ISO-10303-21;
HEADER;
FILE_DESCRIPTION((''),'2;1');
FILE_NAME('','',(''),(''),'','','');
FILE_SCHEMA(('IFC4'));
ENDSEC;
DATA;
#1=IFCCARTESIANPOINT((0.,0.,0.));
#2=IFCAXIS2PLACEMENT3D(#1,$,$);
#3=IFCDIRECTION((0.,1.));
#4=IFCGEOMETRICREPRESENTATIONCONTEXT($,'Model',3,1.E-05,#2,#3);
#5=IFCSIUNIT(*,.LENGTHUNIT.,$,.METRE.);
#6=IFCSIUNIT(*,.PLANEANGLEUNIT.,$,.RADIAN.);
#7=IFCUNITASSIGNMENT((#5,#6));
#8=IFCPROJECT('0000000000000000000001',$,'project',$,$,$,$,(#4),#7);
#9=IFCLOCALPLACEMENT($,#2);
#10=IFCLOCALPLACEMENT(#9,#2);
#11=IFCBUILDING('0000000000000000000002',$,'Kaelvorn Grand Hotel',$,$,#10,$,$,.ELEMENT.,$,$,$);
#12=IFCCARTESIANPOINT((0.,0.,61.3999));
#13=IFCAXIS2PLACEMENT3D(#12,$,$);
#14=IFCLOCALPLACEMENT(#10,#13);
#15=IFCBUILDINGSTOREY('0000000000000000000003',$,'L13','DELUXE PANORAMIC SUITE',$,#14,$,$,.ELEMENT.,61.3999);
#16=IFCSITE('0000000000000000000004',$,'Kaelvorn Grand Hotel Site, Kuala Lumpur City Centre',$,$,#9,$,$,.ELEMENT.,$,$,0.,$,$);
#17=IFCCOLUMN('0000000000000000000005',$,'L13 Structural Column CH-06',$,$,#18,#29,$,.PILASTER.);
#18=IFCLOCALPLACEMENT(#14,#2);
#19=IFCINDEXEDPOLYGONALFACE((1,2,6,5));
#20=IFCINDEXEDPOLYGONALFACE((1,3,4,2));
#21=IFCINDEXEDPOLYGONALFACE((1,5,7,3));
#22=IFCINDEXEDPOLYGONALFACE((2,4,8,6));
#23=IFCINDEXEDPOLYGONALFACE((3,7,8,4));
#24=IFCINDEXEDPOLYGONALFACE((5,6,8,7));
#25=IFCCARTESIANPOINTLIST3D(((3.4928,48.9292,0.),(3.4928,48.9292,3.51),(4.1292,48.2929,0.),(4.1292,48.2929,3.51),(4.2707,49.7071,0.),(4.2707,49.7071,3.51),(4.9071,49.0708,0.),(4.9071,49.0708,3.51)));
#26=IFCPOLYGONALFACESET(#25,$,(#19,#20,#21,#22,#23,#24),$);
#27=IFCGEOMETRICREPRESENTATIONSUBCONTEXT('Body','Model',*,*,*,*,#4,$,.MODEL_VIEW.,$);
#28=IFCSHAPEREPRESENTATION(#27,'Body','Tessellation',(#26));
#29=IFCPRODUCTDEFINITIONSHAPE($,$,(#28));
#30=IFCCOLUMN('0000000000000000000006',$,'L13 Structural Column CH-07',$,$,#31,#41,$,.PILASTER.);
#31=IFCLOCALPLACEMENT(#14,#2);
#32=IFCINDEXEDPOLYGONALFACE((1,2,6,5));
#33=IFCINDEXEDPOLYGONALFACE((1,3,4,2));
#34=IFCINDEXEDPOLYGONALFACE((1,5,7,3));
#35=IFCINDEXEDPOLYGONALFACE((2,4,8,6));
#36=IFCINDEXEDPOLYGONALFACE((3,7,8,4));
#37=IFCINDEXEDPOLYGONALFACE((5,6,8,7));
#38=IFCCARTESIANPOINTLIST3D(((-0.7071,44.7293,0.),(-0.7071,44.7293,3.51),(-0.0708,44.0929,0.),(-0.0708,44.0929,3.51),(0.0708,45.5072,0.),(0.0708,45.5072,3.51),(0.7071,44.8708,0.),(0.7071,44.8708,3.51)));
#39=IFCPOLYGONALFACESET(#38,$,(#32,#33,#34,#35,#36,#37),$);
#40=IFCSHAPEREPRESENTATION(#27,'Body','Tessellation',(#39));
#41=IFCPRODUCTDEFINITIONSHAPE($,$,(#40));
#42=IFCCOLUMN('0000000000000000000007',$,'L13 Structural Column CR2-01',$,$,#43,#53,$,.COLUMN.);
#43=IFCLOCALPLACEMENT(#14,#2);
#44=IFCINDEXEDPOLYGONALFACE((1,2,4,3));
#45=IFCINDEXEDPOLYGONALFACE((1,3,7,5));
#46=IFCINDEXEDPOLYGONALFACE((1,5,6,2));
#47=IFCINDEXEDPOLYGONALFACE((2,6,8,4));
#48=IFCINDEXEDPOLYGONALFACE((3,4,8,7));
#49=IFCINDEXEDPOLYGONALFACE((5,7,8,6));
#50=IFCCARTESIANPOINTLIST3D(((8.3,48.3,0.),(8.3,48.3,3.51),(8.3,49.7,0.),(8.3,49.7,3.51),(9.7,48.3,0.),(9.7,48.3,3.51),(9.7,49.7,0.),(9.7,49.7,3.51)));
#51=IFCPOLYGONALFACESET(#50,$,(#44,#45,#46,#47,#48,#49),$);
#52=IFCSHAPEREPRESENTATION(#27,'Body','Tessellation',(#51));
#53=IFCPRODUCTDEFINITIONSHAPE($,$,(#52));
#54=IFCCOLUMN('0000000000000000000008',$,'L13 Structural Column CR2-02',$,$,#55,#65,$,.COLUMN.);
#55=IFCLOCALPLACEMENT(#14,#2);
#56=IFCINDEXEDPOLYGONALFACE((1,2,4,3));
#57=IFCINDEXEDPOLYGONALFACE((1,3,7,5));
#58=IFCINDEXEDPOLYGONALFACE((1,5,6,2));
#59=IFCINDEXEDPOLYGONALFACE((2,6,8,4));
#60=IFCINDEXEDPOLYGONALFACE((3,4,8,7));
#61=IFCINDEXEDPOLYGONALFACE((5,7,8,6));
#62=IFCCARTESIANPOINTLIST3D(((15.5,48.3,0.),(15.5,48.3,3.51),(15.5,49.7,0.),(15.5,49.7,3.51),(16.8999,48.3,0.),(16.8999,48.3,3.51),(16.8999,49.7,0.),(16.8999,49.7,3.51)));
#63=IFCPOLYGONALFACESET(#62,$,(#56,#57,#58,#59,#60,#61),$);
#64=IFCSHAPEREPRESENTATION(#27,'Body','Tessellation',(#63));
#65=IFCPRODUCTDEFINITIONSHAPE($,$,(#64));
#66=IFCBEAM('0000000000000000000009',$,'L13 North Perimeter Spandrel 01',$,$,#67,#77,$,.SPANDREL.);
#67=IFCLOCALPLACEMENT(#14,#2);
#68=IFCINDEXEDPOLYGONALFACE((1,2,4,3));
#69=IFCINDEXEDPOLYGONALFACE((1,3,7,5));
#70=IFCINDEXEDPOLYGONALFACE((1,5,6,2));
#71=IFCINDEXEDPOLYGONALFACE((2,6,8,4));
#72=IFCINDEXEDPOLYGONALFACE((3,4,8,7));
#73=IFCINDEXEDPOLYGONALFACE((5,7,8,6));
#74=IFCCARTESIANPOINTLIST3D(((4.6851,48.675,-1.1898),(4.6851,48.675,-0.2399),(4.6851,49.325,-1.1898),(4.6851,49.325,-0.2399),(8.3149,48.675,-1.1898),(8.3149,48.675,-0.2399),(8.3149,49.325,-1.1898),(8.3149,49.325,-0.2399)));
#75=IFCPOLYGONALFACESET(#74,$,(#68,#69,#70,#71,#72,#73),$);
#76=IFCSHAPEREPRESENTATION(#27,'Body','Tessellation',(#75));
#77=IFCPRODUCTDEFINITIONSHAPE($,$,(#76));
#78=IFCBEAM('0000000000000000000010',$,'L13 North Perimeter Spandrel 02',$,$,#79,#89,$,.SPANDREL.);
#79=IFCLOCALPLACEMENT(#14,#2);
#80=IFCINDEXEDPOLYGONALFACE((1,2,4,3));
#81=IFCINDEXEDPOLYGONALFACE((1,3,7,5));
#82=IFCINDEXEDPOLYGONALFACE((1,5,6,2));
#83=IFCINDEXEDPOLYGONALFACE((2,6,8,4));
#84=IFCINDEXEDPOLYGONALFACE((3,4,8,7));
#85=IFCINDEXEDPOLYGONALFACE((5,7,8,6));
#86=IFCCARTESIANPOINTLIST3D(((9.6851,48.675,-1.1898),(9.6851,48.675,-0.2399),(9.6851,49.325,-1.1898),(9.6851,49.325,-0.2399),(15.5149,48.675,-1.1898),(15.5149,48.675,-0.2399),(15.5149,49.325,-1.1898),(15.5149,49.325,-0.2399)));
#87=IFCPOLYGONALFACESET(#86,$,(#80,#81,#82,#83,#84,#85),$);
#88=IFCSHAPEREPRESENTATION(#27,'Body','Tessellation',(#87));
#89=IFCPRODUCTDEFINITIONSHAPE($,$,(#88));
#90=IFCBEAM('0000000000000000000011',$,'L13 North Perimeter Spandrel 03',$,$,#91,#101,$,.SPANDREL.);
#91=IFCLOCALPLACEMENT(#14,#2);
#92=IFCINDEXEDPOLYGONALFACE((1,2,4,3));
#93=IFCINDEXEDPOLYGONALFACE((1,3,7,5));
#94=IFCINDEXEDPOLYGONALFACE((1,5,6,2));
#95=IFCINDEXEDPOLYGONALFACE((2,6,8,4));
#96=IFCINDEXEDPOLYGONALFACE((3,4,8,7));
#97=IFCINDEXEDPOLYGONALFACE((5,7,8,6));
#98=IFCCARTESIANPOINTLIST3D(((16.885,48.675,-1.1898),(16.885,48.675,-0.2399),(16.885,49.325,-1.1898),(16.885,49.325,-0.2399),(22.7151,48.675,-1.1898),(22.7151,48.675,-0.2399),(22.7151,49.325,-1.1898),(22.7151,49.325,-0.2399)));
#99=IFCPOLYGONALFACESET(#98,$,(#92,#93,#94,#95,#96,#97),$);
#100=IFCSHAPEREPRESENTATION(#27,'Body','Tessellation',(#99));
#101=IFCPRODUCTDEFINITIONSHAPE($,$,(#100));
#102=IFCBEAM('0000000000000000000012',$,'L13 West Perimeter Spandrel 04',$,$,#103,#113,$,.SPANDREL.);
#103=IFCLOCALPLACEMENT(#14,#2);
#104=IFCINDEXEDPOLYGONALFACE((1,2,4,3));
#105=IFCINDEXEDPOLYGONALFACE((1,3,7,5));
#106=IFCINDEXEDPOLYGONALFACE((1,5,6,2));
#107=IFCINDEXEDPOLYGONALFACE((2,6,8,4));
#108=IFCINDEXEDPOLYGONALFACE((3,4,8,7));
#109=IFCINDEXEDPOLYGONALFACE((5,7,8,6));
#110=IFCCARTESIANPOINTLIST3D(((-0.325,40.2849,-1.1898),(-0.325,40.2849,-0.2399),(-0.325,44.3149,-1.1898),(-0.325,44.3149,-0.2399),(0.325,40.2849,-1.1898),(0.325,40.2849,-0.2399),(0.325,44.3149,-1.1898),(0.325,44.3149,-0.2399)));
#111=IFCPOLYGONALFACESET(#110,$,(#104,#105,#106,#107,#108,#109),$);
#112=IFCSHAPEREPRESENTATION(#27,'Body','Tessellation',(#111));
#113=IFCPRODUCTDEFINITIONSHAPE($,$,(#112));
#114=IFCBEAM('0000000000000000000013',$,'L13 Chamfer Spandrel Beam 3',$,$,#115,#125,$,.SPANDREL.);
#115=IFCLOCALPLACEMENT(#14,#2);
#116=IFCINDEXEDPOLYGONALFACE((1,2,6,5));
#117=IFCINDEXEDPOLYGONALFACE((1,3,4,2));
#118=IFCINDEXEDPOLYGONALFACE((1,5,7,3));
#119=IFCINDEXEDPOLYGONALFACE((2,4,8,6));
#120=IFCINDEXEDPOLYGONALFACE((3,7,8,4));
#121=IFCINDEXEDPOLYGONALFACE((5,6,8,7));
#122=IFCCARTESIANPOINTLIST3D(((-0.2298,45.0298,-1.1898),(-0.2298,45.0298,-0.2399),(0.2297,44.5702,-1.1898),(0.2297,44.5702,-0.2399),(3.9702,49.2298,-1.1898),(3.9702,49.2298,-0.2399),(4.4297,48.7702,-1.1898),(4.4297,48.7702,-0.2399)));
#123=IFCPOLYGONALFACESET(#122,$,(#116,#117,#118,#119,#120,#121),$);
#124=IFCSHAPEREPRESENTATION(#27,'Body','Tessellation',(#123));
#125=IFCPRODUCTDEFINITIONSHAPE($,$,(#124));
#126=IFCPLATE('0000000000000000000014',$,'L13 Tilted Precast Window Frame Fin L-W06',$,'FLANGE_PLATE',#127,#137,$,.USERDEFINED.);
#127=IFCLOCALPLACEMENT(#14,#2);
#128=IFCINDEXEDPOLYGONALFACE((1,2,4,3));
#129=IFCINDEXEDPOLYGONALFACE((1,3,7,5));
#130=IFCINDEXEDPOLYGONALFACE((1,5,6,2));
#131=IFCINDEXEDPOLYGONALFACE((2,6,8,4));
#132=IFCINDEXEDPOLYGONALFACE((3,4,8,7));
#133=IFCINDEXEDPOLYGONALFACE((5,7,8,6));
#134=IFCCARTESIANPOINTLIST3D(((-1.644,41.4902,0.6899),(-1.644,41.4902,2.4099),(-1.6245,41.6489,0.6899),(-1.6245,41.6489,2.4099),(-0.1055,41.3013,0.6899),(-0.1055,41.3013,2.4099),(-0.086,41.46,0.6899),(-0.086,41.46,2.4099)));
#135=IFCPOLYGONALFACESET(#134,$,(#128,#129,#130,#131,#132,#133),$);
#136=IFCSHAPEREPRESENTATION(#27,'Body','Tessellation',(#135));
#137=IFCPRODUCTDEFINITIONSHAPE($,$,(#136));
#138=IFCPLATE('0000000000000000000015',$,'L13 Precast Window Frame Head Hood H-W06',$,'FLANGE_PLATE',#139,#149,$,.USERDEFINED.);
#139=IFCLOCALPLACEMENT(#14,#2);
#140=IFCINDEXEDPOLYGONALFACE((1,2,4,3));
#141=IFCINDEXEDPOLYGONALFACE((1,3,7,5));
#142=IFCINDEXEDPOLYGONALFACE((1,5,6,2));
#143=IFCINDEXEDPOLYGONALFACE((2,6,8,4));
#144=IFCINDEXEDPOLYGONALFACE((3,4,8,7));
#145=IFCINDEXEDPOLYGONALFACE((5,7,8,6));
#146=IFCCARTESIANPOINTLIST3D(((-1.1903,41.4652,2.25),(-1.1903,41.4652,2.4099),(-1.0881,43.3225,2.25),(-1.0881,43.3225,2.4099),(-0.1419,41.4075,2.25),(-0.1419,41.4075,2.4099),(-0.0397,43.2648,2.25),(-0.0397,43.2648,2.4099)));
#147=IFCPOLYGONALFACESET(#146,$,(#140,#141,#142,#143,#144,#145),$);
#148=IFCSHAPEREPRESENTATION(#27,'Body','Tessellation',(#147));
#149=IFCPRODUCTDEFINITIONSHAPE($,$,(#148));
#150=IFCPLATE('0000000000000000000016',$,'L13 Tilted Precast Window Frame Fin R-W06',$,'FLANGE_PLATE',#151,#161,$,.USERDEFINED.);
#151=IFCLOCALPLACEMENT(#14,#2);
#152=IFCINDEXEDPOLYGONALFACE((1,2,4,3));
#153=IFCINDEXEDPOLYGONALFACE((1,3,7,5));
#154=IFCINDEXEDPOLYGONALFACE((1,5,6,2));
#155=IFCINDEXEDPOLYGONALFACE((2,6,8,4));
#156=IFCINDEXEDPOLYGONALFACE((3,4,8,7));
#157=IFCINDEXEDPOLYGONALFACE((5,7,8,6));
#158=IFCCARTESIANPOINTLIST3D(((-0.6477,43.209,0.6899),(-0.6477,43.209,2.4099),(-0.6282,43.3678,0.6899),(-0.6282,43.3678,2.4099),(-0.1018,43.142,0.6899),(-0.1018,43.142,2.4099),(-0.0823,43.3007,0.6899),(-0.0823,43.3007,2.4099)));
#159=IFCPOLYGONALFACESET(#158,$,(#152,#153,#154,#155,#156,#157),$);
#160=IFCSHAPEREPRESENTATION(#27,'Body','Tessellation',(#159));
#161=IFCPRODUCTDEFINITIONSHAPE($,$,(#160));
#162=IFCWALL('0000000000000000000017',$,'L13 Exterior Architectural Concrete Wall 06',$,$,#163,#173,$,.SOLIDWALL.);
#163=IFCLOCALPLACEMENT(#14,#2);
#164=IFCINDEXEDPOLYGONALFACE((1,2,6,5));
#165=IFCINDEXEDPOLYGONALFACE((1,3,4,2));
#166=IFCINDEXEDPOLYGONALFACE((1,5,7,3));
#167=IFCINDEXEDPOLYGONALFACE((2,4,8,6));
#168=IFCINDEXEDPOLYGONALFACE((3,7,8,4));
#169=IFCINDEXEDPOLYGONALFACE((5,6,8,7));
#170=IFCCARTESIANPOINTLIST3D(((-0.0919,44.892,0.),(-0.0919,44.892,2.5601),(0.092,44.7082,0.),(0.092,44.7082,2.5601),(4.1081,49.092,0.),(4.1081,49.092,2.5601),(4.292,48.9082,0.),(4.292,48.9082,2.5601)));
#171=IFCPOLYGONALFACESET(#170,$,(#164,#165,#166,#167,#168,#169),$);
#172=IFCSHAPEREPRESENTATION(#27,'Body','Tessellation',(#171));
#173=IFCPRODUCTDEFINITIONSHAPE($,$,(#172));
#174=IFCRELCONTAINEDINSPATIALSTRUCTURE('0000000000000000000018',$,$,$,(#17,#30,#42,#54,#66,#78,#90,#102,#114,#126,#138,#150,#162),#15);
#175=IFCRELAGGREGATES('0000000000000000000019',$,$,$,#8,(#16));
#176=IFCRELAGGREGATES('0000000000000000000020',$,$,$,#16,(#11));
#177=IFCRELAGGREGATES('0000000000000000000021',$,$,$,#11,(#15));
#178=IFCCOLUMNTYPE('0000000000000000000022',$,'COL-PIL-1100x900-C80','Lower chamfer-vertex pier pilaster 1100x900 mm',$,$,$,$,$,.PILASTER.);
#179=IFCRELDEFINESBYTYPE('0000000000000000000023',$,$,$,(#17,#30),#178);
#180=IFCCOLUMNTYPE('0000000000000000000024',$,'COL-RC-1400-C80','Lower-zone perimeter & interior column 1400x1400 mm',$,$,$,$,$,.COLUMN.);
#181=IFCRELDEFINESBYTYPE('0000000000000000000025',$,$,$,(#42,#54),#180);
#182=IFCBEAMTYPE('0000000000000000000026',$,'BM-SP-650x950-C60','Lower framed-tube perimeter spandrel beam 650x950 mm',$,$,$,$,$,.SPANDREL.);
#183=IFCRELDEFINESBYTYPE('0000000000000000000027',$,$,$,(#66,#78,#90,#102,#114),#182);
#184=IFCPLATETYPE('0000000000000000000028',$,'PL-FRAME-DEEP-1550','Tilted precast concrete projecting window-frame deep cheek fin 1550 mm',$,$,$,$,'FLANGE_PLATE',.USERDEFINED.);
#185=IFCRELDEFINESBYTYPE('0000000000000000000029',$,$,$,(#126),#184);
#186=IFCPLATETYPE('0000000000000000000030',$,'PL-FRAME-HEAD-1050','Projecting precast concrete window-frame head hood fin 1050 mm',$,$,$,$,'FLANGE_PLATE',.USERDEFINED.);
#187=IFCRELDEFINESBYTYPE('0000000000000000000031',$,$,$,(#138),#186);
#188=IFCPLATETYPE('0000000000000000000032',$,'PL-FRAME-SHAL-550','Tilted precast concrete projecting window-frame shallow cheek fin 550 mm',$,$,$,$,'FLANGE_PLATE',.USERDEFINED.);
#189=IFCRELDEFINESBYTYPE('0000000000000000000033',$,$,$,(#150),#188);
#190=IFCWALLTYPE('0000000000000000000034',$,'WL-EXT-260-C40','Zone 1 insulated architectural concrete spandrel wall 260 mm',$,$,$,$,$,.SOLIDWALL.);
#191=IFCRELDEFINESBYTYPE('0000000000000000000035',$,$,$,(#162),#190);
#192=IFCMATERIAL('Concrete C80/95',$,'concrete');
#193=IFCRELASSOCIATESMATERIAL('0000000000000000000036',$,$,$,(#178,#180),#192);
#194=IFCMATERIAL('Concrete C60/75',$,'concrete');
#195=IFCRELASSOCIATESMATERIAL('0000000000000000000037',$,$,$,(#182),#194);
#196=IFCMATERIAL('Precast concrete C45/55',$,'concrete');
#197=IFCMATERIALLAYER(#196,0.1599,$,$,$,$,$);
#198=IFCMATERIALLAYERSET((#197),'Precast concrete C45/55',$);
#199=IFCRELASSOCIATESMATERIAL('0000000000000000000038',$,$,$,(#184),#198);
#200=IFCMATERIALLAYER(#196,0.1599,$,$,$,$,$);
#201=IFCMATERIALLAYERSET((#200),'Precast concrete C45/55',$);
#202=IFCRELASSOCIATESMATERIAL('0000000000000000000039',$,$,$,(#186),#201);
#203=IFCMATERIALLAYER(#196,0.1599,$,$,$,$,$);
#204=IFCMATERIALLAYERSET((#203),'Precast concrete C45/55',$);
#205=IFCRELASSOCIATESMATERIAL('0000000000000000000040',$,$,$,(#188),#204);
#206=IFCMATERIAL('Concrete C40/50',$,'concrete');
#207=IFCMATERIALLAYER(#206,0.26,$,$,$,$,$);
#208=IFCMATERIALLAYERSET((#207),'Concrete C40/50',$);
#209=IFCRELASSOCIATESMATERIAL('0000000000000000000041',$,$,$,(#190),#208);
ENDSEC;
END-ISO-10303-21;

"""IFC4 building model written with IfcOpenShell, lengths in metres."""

from ifc_helpers import new_model, si_unit, direction, frame, frame_2d, origin, origin_2d, place, context, subcontext, project, spatial, rectangle, extrude, material, layer, layer_set, material_profile, profile_set, type_object, element, save


model = new_model("IFC4")

# Units and contexts
model_context = context("Model", 3, precision=1e-05, world=origin(), true_north=direction((0.0, 1.0)))
body_context = subcontext(model_context, "Body", "Model", "MODEL_VIEW")
ifc_project = project(units=[si_unit("LENGTHUNIT", "METRE"), si_unit("PLANEANGLEUNIT", "RADIAN")], contexts=[model_context])

# Site, building, storey
site_placement = place(None, origin())
site = spatial("IfcSite", under=ifc_project, at=site_placement, Name="Kaelvorn Grand Hotel Site, Kuala Lumpur City Centre", CompositionType="ELEMENT", RefElevation=0.0)
building_placement = place(site_placement, origin())
building = spatial("IfcBuilding", under=site, at=building_placement, Name="Kaelvorn Grand Hotel", CompositionType="ELEMENT")
storey_placement = place(building_placement, frame((0.0, 0.0, 61.3999)))
storey = spatial("IfcBuildingStorey", under=building, at=storey_placement, Name="L13", Description="DELUXE PANORAMIC SUITE", CompositionType="ELEMENT", Elevation=61.3999)

# Columns
ifc_material_1 = material(Name="Concrete C80/95", Category="concrete")
ifc_material_profile_1 = material_profile(ifc_material_1, rectangle(XDim=1.1001, YDim=0.8999, at=origin_2d()), Name="RC PILASTER 1100x900")
ifc_profile_set_1 = profile_set([ifc_material_profile_1], Name="Concrete C80/95")
column_type_1 = type_object("IfcColumnType", Name="COL-PIL-1100x900-C80", Description="Lower chamfer-vertex pier pilaster 1100x900 mm", PredefinedType="PILASTER", material=ifc_profile_set_1)
for number, where, z_axis, x_axis, name in (
    (1, (4.2, 49.0, 0.0), (0.0, 0.0, 1.0), (0.707107, 0.707107, 0.0), "L13 Structural Column CH-06"),
    (2, (0.0, 44.8, 0.0), (0.0, 0.0, 1.0), (0.707107, 0.707107, 0.0), "L13 Structural Column CH-07"),
):
    element("IfcColumn", number, at=place(storey_placement, frame(where, z_axis=z_axis, x_axis=x_axis)), inside=storey, type_object=column_type_1, Name=name, PredefinedType="PILASTER", context=body_context, shape_type="SweptSolid", body=[
        extrude(rectangle(XDim=1.1001, YDim=0.8999, at=origin_2d()), origin(), (0.0, 0.0, 1.0), 3.51),
    ])
ifc_material_profile_2 = material_profile(ifc_material_1, rectangle(XDim=1.3999, YDim=1.3999, at=origin_2d()), Name="RC COL 1400x1400")
ifc_profile_set_2 = profile_set([ifc_material_profile_2], Name="Concrete C80/95")
column_type_2 = type_object("IfcColumnType", Name="COL-RC-1400-C80", Description="Lower-zone perimeter & interior column 1400x1400 mm", PredefinedType="COLUMN", material=ifc_profile_set_2)
for number, where, z_axis, x_axis, name in (
    (3, (9.0, 49.0, 0.0), (0.0, 0.0, 1.0), (1.0, 0.0, 0.0), "L13 Structural Column CR2-01"),
    (4, (16.2, 49.0, 0.0), (0.0, 0.0, 1.0), (1.0, 0.0, 0.0), "L13 Structural Column CR2-02"),
):
    element("IfcColumn", number, at=place(storey_placement, frame(where, z_axis=z_axis, x_axis=x_axis)), inside=storey, type_object=column_type_2, Name=name, PredefinedType="COLUMN", context=body_context, shape_type="SweptSolid", body=[
        extrude(rectangle(XDim=1.3999, YDim=1.3999, at=origin_2d()), origin(), (0.0, 0.0, 1.0), 3.51),
    ])

# Beams
ifc_material_2 = material(Name="Concrete C60/75", Category="concrete")
ifc_material_profile_3 = material_profile(ifc_material_2, rectangle(XDim=0.6499, YDim=0.95, at=origin_2d()), Name="RC SPANDREL 650x950")
ifc_profile_set_3 = profile_set([ifc_material_profile_3], Name="Concrete C60/75")
beam_type = type_object("IfcBeamType", Name="BM-SP-650x950-C60", Description="Lower framed-tube perimeter spandrel beam 650x950 mm", PredefinedType="SPANDREL", material=ifc_profile_set_3)
beam_1_placement = place(storey_placement, frame((4.6851, 49.0, -0.7148), z_axis=(1.0, 0.0, 0.0), x_axis=(0.0, 1.0, 0.0)))
element("IfcBeam", 5, at=beam_1_placement, inside=storey, type_object=beam_type, Name="L13 North Perimeter Spandrel 01", PredefinedType="SPANDREL", context=body_context, shape_type="SweptSolid", body=[
    extrude(rectangle(XDim=0.6499, YDim=0.95, at=origin_2d()), origin(), (0.0, 0.0, 1.0), 3.6299),
])
beam_2_placement = place(storey_placement, frame((9.6851, 49.0, -0.7148), z_axis=(1.0, 0.0, 0.0), x_axis=(0.0, 1.0, 0.0)))
element("IfcBeam", 6, at=beam_2_placement, inside=storey, type_object=beam_type, Name="L13 North Perimeter Spandrel 02", PredefinedType="SPANDREL", context=body_context, shape_type="SweptSolid", body=[
    extrude(rectangle(XDim=0.6499, YDim=0.95, at=origin_2d()), origin(), (0.0, 0.0, 1.0), 5.8298),
])
beam_3_placement = place(storey_placement, frame((16.885, 49.0, -0.7148), z_axis=(1.0, 0.0, 0.0), x_axis=(0.0, 1.0, 0.0)))
element("IfcBeam", 7, at=beam_3_placement, inside=storey, type_object=beam_type, Name="L13 North Perimeter Spandrel 03", PredefinedType="SPANDREL", context=body_context, shape_type="SweptSolid", body=[
    extrude(rectangle(XDim=0.6499, YDim=0.95, at=origin_2d()), origin(), (0.0, 0.0, 1.0), 5.8301),
])
beam_4_placement = place(storey_placement, frame((0.0, 40.2849, -0.7148), z_axis=(0.0, 1.0, 0.0), x_axis=(-1.0, 0.0, 0.0)))
element("IfcBeam", 8, at=beam_4_placement, inside=storey, type_object=beam_type, Name="L13 West Perimeter Spandrel 04", PredefinedType="SPANDREL", context=body_context, shape_type="SweptSolid", body=[
    extrude(rectangle(XDim=0.6499, YDim=0.95, at=origin_2d()), origin(), (0.0, 0.0, 1.0), 4.03),
])
beam_5_placement = place(storey_placement, frame((4.2, 49.0, -0.7148), z_axis=(-0.707107, -0.707107, 0.0), x_axis=(0.707107, -0.707107, 0.0)))
element("IfcBeam", 9, at=beam_5_placement, inside=storey, type_object=beam_type, Name="L13 Chamfer Spandrel Beam 3", PredefinedType="SPANDREL", context=body_context, shape_type="SweptSolid", body=[
    extrude(rectangle(XDim=0.6499, YDim=0.95, at=origin_2d()), origin(), (0.0, 0.0, 1.0), 5.9397),
])

# Plates
ifc_material_3 = material(Name="Precast concrete C45/55", Category="concrete")
ifc_layer_1 = layer(ifc_material_3, 0.1599)
ifc_layer_set_1 = layer_set([ifc_layer_1], Name="Precast concrete C45/55")
plate_type_1 = type_object("IfcPlateType", Name="PL-FRAME-DEEP-1550", Description="Tilted precast concrete projecting window-frame deep cheek fin 1550 mm", ElementType="FLANGE_PLATE", PredefinedType="USERDEFINED", material=ifc_layer_set_1)
plate_1_placement = place(storey_placement, frame((-0.865, 41.4751, 0.6899), z_axis=(0.0, 0.0, 1.0), x_axis=(0.121869, 0.992546, 0.0)))
element("IfcPlate", 10, at=plate_1_placement, inside=storey, type_object=plate_type_1, Name="L13 Tilted Precast Window Frame Fin L-W06", ObjectType="FLANGE_PLATE", PredefinedType="USERDEFINED", context=body_context, shape_type="SweptSolid", body=[
    extrude(rectangle(XDim=0.1599, YDim=1.55, at=origin_2d()), origin(), (0.0, 0.0, 1.0), 1.72),
])
ifc_layer_2 = layer(ifc_material_3, 0.1599)
ifc_layer_set_2 = layer_set([ifc_layer_2], Name="Precast concrete C45/55")
plate_type_2 = type_object("IfcPlateType", Name="PL-FRAME-HEAD-1050", Description="Projecting precast concrete window-frame head hood fin 1050 mm", ElementType="FLANGE_PLATE", PredefinedType="USERDEFINED", material=ifc_layer_set_2)
plate_2_placement = place(storey_placement, frame((-0.615, 42.365, 2.25), z_axis=(0.0, 0.0, 1.0), x_axis=(0.05495, 0.998489, 0.0)))
element("IfcPlate", 11, at=plate_2_placement, inside=storey, type_object=plate_type_2, Name="L13 Precast Window Frame Head Hood H-W06", ObjectType="FLANGE_PLATE", PredefinedType="USERDEFINED", context=body_context, shape_type="SweptSolid", body=[
    extrude(rectangle(XDim=1.8601, YDim=1.05, at=origin_2d()), origin(), (0.0, 0.0, 1.0), 0.1599),
])
ifc_layer_3 = layer(ifc_material_3, 0.1599)
ifc_layer_set_3 = layer_set([ifc_layer_3], Name="Precast concrete C45/55")
plate_type_3 = type_object("IfcPlateType", Name="PL-FRAME-SHAL-550", Description="Tilted precast concrete projecting window-frame shallow cheek fin 550 mm", ElementType="FLANGE_PLATE", PredefinedType="USERDEFINED", material=ifc_layer_set_3)
plate_3_placement = place(storey_placement, frame((-0.365, 43.2549, 0.6899), z_axis=(0.0, 0.0, 1.0), x_axis=(0.121869, 0.992546, 0.0)))
element("IfcPlate", 12, at=plate_3_placement, inside=storey, type_object=plate_type_3, Name="L13 Tilted Precast Window Frame Fin R-W06", ObjectType="FLANGE_PLATE", PredefinedType="USERDEFINED", context=body_context, shape_type="SweptSolid", body=[
    extrude(rectangle(XDim=0.1599, YDim=0.55, at=origin_2d()), origin(), (0.0, 0.0, 1.0), 1.72),
])

# Wall
ifc_material_4 = material(Name="Concrete C40/50", Category="concrete")
ifc_layer_4 = layer(ifc_material_4, 0.26)
ifc_layer_set_4 = layer_set([ifc_layer_4], Name="Concrete C40/50")
wall_type_1 = type_object("IfcWallType", Name="WL-EXT-260-C40", Description="Zone 1 insulated architectural concrete spandrel wall 260 mm", PredefinedType="SOLIDWALL", material=ifc_layer_set_4)
wall_1_placement = place(storey_placement, frame((4.2, 49.0, 0.0), z_axis=(0.0, 0.0, 1.0), x_axis=(-0.707107, -0.707107, 0.0)))
element("IfcWall", 13, at=wall_1_placement, inside=storey, type_object=wall_type_1, Name="L13 Exterior Architectural Concrete Wall 06", PredefinedType="SOLIDWALL", context=body_context, shape_type="SweptSolid", body=[
    extrude(rectangle(XDim=5.9397, YDim=0.26, at=frame_2d((2.9697, 0.0))), origin(), (0.0, 0.0, 1.0), 2.5601),
])

save(model, "model.ifc")
